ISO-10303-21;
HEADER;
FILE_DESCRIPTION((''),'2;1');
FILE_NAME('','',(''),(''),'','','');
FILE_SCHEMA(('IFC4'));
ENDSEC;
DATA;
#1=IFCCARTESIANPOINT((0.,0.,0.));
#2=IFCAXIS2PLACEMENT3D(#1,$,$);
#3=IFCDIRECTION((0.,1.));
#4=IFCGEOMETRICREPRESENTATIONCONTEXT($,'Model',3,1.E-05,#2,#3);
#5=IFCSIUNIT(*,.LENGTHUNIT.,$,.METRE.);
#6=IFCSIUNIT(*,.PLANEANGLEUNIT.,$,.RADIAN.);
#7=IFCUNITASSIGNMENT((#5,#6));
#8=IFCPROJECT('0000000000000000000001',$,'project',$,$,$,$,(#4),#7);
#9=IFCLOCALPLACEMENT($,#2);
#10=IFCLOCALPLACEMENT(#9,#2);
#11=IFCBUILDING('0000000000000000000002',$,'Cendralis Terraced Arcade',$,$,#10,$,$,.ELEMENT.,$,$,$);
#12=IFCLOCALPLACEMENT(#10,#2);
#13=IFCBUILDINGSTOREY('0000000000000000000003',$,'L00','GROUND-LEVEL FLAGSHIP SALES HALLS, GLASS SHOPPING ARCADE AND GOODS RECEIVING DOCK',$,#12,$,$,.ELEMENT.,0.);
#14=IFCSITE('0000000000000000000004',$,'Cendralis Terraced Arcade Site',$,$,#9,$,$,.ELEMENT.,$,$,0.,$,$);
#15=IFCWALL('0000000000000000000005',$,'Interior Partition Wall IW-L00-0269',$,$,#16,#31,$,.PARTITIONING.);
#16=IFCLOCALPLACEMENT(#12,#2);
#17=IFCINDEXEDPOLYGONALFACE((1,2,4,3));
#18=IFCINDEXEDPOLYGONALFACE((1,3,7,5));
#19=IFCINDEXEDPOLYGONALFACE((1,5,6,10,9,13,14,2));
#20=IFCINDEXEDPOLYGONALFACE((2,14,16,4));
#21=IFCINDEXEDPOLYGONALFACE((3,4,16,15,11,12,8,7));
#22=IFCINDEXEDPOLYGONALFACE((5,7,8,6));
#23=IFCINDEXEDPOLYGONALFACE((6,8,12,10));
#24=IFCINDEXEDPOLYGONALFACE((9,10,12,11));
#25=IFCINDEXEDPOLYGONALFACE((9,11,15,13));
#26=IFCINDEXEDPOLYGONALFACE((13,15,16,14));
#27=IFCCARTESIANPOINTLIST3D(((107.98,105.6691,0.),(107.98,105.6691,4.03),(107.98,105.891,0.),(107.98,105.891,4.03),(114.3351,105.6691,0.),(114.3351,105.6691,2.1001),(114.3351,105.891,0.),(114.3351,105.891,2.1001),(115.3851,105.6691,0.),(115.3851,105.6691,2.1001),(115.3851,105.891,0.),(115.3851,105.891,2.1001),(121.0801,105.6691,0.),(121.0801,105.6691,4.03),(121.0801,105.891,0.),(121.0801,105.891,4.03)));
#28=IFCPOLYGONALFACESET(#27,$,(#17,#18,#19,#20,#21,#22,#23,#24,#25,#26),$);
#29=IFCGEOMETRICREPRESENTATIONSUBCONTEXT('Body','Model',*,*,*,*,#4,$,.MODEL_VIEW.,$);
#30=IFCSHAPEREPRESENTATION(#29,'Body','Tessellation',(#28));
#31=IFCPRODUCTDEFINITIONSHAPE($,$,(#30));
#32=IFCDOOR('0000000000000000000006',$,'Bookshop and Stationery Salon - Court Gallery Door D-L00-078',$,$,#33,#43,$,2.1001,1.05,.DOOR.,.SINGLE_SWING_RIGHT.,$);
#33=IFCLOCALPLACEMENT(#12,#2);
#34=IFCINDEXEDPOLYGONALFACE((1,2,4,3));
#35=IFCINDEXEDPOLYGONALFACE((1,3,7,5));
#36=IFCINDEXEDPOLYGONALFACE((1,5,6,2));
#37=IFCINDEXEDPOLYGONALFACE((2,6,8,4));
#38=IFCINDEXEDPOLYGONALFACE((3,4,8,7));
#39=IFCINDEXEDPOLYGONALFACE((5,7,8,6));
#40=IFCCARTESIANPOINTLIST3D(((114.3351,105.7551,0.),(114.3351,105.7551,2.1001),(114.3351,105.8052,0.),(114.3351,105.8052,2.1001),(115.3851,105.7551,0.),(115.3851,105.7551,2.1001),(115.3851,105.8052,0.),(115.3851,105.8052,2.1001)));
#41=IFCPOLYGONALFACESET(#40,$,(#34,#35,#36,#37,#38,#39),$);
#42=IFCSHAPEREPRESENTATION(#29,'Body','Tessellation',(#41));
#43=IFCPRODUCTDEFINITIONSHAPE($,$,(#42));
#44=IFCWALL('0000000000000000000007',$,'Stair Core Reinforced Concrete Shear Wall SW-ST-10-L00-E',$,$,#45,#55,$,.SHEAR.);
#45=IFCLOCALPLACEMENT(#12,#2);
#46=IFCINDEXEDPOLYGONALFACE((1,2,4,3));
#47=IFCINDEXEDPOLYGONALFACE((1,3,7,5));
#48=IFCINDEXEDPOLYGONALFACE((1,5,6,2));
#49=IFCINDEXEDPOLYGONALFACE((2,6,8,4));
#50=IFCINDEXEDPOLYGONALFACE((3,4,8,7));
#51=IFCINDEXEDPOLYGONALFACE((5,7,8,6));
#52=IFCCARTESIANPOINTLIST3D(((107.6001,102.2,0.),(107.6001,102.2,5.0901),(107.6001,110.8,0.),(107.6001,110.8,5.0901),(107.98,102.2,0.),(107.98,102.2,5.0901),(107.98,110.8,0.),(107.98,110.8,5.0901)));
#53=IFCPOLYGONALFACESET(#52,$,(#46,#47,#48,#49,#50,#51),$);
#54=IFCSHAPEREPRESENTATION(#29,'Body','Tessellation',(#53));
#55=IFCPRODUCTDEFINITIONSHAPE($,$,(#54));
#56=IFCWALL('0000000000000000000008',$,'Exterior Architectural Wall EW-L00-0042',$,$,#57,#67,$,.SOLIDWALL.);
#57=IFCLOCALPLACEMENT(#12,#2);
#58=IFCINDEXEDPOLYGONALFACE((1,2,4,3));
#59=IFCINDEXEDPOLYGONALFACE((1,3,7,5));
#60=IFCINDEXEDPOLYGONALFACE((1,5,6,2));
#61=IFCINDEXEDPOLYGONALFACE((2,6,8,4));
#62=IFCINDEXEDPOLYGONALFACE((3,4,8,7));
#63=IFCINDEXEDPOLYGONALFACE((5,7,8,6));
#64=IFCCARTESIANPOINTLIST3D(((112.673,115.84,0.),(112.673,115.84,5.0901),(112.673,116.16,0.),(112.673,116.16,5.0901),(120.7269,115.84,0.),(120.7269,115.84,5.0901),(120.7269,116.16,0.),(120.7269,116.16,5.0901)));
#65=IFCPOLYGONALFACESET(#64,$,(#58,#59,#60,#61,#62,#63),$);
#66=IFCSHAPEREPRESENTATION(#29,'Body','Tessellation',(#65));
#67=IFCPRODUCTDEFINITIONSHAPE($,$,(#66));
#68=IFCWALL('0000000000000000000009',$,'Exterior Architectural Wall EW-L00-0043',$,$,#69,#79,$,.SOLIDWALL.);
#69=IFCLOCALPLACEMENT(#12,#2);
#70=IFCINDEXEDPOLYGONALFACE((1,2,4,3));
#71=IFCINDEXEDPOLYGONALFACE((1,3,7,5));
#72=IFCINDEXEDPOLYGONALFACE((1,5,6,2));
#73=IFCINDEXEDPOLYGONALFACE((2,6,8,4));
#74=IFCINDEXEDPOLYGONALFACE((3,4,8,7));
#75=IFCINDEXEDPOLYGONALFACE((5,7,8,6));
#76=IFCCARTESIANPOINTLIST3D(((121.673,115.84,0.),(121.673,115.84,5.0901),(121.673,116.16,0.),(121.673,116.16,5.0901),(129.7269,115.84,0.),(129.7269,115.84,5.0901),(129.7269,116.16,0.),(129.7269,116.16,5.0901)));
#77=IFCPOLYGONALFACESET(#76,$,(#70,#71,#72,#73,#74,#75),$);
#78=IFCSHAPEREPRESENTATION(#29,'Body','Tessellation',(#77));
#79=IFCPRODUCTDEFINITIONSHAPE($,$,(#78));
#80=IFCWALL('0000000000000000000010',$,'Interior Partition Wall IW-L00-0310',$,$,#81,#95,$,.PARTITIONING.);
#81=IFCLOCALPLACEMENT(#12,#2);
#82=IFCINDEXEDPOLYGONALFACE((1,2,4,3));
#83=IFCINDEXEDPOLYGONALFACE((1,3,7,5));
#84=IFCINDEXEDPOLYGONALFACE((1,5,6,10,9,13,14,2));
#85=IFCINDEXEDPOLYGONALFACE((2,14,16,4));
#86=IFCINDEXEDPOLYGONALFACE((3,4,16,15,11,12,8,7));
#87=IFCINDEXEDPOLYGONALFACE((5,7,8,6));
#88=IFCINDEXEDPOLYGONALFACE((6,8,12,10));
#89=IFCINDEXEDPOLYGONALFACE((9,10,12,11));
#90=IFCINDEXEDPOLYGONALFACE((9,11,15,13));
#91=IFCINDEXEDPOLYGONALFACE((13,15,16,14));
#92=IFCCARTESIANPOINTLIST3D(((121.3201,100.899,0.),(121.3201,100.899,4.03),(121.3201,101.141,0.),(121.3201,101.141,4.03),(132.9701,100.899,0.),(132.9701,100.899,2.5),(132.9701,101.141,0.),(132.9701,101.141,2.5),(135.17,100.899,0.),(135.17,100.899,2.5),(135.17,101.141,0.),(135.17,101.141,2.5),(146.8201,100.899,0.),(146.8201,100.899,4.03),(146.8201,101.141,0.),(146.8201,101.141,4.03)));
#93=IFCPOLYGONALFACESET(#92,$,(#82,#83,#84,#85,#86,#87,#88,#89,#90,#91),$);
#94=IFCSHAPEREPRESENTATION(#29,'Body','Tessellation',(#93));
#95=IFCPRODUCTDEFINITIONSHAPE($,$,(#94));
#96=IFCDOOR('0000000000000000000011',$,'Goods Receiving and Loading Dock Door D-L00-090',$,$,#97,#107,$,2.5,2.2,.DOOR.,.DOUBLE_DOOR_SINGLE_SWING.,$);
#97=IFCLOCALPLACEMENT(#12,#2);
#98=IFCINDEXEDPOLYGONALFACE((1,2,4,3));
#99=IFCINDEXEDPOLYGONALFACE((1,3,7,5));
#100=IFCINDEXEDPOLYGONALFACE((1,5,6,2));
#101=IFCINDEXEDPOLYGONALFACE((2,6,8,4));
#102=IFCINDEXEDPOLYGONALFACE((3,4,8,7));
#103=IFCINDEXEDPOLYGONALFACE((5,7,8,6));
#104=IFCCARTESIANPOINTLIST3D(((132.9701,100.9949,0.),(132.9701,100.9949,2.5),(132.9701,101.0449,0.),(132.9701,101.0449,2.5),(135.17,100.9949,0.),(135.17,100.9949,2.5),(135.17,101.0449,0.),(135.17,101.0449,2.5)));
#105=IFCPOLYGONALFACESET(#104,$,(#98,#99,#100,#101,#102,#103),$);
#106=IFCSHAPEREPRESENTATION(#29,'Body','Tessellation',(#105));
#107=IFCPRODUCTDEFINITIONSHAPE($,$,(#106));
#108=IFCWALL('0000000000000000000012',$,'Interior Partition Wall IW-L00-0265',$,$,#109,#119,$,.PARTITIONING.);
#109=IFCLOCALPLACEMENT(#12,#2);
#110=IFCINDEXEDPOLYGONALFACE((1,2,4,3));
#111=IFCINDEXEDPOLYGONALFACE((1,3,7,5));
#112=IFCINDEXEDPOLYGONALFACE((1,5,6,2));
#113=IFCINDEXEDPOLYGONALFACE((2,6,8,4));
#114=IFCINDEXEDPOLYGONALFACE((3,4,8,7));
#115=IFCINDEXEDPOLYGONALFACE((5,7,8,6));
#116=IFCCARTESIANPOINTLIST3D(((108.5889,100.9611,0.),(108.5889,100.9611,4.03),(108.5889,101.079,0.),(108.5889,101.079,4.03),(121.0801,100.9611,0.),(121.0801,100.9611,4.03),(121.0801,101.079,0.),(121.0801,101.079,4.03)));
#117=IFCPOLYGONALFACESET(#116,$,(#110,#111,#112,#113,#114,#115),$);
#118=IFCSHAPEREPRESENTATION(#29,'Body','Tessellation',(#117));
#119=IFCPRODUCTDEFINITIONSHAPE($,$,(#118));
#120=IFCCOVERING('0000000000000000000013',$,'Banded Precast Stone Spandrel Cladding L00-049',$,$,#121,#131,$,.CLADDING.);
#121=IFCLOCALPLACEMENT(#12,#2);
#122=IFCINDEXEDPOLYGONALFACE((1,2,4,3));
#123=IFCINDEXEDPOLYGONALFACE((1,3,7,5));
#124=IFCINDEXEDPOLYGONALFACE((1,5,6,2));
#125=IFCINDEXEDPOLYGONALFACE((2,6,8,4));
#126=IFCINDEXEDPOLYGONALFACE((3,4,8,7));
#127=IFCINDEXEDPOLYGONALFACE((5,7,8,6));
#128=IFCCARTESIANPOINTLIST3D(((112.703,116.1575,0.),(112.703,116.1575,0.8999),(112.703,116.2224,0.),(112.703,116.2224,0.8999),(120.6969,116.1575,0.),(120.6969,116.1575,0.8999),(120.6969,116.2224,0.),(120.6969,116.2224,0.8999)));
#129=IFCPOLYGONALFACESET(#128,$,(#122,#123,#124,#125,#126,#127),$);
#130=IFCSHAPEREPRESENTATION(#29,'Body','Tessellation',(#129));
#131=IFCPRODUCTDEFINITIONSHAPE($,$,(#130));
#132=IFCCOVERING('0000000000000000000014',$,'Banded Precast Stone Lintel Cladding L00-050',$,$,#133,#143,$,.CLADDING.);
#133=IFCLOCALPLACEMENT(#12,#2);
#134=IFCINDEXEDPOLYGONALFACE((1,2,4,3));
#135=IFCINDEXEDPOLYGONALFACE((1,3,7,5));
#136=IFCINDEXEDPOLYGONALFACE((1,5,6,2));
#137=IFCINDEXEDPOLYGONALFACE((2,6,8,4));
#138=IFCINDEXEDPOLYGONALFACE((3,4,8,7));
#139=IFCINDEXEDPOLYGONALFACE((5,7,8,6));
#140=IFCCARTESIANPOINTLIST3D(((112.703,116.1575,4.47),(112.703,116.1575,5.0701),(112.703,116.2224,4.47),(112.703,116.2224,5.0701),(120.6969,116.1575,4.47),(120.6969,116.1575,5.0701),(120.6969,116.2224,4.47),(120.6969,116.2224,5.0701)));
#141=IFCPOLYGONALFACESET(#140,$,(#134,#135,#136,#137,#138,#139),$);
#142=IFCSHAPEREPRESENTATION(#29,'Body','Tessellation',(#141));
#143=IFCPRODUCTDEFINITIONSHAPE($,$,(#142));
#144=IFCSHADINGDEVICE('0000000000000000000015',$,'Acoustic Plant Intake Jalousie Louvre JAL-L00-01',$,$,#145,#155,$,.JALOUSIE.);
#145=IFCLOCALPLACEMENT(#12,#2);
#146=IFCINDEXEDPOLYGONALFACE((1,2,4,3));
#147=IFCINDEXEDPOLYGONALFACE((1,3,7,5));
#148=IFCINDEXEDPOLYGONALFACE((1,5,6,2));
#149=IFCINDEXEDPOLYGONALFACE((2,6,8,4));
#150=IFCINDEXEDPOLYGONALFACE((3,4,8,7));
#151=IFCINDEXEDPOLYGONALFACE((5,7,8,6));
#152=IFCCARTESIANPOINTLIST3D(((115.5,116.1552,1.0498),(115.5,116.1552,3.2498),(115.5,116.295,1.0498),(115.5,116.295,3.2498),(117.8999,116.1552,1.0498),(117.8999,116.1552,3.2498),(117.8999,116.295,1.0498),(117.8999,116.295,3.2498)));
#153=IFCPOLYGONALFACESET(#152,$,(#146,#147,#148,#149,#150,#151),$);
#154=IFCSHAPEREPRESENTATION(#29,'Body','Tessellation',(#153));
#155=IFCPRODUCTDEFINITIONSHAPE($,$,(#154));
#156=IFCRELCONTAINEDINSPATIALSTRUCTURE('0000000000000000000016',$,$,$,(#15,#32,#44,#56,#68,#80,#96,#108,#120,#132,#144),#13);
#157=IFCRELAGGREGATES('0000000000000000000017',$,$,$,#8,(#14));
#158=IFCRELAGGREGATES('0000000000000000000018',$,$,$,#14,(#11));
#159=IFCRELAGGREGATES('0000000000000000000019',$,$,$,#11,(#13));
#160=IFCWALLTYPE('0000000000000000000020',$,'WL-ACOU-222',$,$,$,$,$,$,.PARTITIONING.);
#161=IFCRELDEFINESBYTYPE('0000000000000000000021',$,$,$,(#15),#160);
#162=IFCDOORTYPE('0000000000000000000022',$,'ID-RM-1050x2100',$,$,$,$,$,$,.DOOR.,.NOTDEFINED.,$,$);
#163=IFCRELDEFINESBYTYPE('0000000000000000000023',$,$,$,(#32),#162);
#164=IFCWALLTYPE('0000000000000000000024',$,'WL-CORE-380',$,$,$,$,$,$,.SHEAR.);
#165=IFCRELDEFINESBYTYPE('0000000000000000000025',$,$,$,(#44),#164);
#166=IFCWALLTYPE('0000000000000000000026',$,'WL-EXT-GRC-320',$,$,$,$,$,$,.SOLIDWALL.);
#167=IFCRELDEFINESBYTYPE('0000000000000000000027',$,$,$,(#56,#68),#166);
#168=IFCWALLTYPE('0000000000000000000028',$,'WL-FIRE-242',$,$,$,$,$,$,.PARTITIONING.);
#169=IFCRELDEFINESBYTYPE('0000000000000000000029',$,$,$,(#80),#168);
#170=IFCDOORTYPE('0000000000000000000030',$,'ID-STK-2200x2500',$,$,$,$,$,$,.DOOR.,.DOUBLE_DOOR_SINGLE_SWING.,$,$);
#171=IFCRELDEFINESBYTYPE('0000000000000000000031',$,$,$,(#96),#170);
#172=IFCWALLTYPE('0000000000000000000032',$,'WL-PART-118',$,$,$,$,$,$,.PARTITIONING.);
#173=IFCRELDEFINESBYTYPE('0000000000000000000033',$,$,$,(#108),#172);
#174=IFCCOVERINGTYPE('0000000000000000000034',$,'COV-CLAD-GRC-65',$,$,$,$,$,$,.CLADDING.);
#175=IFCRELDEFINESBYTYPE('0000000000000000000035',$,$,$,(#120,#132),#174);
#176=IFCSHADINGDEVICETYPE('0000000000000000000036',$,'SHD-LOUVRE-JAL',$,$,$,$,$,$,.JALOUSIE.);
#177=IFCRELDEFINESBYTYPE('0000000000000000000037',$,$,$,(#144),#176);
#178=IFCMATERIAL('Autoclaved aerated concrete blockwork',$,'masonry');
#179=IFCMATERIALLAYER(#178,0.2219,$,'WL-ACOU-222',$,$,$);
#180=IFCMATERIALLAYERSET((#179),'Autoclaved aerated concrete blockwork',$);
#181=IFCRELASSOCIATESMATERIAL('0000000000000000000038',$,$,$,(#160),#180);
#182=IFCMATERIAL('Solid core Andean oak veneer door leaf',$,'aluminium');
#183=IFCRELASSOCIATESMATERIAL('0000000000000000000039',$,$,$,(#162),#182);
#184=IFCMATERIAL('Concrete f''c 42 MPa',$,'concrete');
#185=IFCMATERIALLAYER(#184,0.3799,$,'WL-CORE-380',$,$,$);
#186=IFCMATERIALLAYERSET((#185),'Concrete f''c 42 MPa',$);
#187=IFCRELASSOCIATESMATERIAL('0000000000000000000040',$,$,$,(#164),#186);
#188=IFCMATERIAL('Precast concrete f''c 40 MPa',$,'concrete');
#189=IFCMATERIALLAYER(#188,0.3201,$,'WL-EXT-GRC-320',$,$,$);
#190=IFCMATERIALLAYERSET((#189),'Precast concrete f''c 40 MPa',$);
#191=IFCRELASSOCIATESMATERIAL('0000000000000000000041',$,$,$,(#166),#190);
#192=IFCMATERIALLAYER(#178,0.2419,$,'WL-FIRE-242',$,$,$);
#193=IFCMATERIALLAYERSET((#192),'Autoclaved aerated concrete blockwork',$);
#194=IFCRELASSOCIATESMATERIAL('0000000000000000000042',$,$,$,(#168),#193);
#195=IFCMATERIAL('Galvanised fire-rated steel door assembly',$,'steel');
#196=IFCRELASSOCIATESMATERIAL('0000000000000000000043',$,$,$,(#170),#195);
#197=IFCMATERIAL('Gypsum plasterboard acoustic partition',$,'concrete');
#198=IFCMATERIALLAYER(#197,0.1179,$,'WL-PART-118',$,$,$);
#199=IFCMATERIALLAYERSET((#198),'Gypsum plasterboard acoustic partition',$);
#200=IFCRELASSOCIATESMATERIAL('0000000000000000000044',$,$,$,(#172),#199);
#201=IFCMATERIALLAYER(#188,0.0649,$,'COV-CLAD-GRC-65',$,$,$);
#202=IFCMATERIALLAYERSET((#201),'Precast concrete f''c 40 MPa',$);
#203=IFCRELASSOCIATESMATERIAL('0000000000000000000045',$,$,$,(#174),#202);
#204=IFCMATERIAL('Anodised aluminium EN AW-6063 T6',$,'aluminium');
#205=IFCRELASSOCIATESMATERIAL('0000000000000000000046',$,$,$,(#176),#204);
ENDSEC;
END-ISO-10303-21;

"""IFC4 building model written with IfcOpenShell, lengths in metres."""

from ifc_helpers import new_model, si_unit, direction, frame, frame_2d, origin, origin_2d, place, context, subcontext, project, spatial, rectangle, extrude, material, layer, layer_set, type_object, element, fill, save


model = new_model("IFC4")

# Units and contexts
model_context = context("Model", 3, precision=1e-05, world=origin(), true_north=direction((0.0, 1.0)))
body_context = subcontext(model_context, "Body", "Model", "MODEL_VIEW")
ifc_project = project(units=[si_unit("LENGTHUNIT", "METRE"), si_unit("PLANEANGLEUNIT", "RADIAN")], contexts=[model_context])

# Site, building, storey
site_placement = place(None, origin())
site = spatial("IfcSite", under=ifc_project, at=site_placement, Name="Cendralis Terraced Arcade Site", CompositionType="ELEMENT", RefElevation=0.0)
building_placement = place(site_placement, origin())
building = spatial("IfcBuilding", under=site, at=building_placement, Name="Cendralis Terraced Arcade", CompositionType="ELEMENT")
storey_placement = place(building_placement, origin())
storey = spatial("IfcBuildingStorey", under=building, at=storey_placement, Name="L00", Description="GROUND-LEVEL FLAGSHIP SALES HALLS, GLASS SHOPPING ARCADE AND GOODS RECEIVING DOCK", CompositionType="ELEMENT", Elevation=0.0)

# Shared definitions
ifc_material_1 = material(Name="Concrete f'c 42 MPa", Category="concrete")

# Shared definitions
ifc_material_2 = material(Name="Gypsum plasterboard acoustic partition", Category="concrete")

# Wall, opening, door
ifc_material_3 = material(Name="Autoclaved aerated concrete blockwork", Category="masonry")
ifc_layer_1 = layer(ifc_material_3, 0.2219, Name="WL-ACOU-222")
ifc_layer_set_1 = layer_set([ifc_layer_1], Name="Autoclaved aerated concrete blockwork")
wall_type_1 = type_object("IfcWallType", Name="WL-ACOU-222", PredefinedType="PARTITIONING", material=ifc_layer_set_1)
wall_1_placement = place(storey_placement, frame((121.0801, 105.78, 0.0), z_axis=(0.0, 0.0, 1.0), x_axis=(-1.0, 0.0, 0.0)))
wall_1 = element("IfcWall", 1, at=wall_1_placement, inside=storey, type_object=wall_type_1, Name="Interior Partition Wall IW-L00-0269", PredefinedType="PARTITIONING", context=body_context, shape_type="SweptSolid", body=[
    extrude(rectangle(XDim=13.1001, YDim=0.2219, at=frame_2d((6.55, 0.0))), origin(), (0.0, 0.0, 1.0), 4.03),
])
opening_1_placement = place(wall_1_placement, frame((5.6951, 0.0, 0.0)))
opening_1 = element("IfcOpeningElement", 2, at=opening_1_placement, cuts=wall_1, PredefinedType="OPENING", context=body_context, shape_type="SweptSolid", body=[
    extrude(rectangle(XDim=1.05, YDim=2.1001, at=frame_2d((0.5249, 1.05))), frame((0.0, 0.123, 0.0), z_axis=(0.0, -1.0, 0.0), x_axis=(1.0, 0.0, 0.0)), (0.0, 0.0, 1.0), 0.2458),
])
ifc_material_4 = material(Name="Solid core Andean oak veneer door leaf", Category="aluminium")
door_type_1 = type_object("IfcDoorType", Name="ID-RM-1050x2100", OperationType="NOTDEFINED", PredefinedType="DOOR", material=ifc_material_4)
door_1_placement = place(opening_1_placement, origin())
door_1 = element("IfcDoor", 3, at=door_1_placement, inside=storey, type_object=door_type_1, Name="Bookshop and Stationery Salon - Court Gallery Door D-L00-078", OperationType="SINGLE_SWING_RIGHT", OverallHeight=2.1001, OverallWidth=1.05, PredefinedType="DOOR", context=body_context, shape_type="SweptSolid", body=[
    extrude(rectangle(XDim=1.05, YDim=2.1001, at=frame_2d((0.5249, 1.05))), frame((0.0, 0.0249, 0.0), z_axis=(0.0, -1.0, 0.0), x_axis=(1.0, 0.0, 0.0)), (0.0, 0.0, 1.0), 0.05),
])
fill(opening_1, door_1)

# Walls
ifc_layer_2 = layer(ifc_material_1, 0.3799, Name="WL-CORE-380")
ifc_layer_set_2 = layer_set([ifc_layer_2], Name="Concrete f'c 42 MPa")
wall_type_2 = type_object("IfcWallType", Name="WL-CORE-380", PredefinedType="SHEAR", material=ifc_layer_set_2)
wall_2_placement = place(storey_placement, frame((107.79, 102.2, 0.0), z_axis=(0.0, 0.0, 1.0), x_axis=(0.0, 1.0, 0.0)))
element("IfcWall", 4, at=wall_2_placement, inside=storey, type_object=wall_type_2, Name="Stair Core Reinforced Concrete Shear Wall SW-ST-10-L00-E", PredefinedType="SHEAR", context=body_context, shape_type="SweptSolid", body=[
    extrude(rectangle(XDim=8.6001, YDim=0.3799, at=frame_2d((4.3, 0.0))), origin(), (0.0, 0.0, 1.0), 5.0901),
])
ifc_material_5 = material(Name="Precast concrete f'c 40 MPa", Category="concrete")
ifc_layer_3 = layer(ifc_material_5, 0.3201, Name="WL-EXT-GRC-320")
ifc_layer_set_3 = layer_set([ifc_layer_3], Name="Precast concrete f'c 40 MPa")
wall_type_3 = type_object("IfcWallType", Name="WL-EXT-GRC-320", PredefinedType="SOLIDWALL", material=ifc_layer_set_3)
for number, where, z_axis, x_axis, name in (
    (5, (112.6731, 116.0, 0.0), (0.0, 0.0, 1.0), (1.0, 0.0, 0.0), "Exterior Architectural Wall EW-L00-0042"),
    (6, (121.6731, 116.0, 0.0), (0.0, 0.0, 1.0), (1.0, 0.0, 0.0), "Exterior Architectural Wall EW-L00-0043"),
):
    element("IfcWall", number, at=place(storey_placement, frame(where, z_axis=z_axis, x_axis=x_axis)), inside=storey, type_object=wall_type_3, Name=name, PredefinedType="SOLIDWALL", context=body_context, shape_type="SweptSolid", body=[
        extrude(rectangle(XDim=8.054, YDim=0.3201, at=frame_2d((4.0269, 0.0))), origin(), (0.0, 0.0, 1.0), 5.0901),
    ])

# Wall, opening, door
ifc_layer_4 = layer(ifc_material_3, 0.2419, Name="WL-FIRE-242")
ifc_layer_set_4 = layer_set([ifc_layer_4], Name="Autoclaved aerated concrete blockwork")
wall_type_4 = type_object("IfcWallType", Name="WL-FIRE-242", PredefinedType="PARTITIONING", material=ifc_layer_set_4)
wall_3_placement = place(storey_placement, frame((121.3201, 101.02, 0.0), z_axis=(0.0, 0.0, 1.0), x_axis=(1.0, 0.0, 0.0)))
wall_3 = element("IfcWall", 7, at=wall_3_placement, inside=storey, type_object=wall_type_4, Name="Interior Partition Wall IW-L00-0310", PredefinedType="PARTITIONING", context=body_context, shape_type="SweptSolid", body=[
    extrude(rectangle(XDim=25.5, YDim=0.2419, at=frame_2d((12.75, 0.0))), origin(), (0.0, 0.0, 1.0), 4.03),
])
opening_2_placement = place(wall_3_placement, frame((11.6499, 0.0, 0.0)))
opening_2 = element("IfcOpeningElement", 8, at=opening_2_placement, cuts=wall_3, PredefinedType="OPENING", context=body_context, shape_type="SweptSolid", body=[
    extrude(rectangle(XDim=2.2, YDim=2.5, at=frame_2d((1.1001, 1.25))), frame((0.0, 0.1328, 0.0), z_axis=(0.0, -1.0, 0.0), x_axis=(1.0, 0.0, 0.0)), (0.0, 0.0, 1.0), 0.2659),
])
ifc_material_6 = material(Name="Galvanised fire-rated steel door assembly", Category="steel")
door_type_2 = type_object("IfcDoorType", Name="ID-STK-2200x2500", OperationType="DOUBLE_DOOR_SINGLE_SWING", PredefinedType="DOOR", material=ifc_material_6)
door_2_placement = place(opening_2_placement, origin())
door_2 = element("IfcDoor", 9, at=door_2_placement, inside=storey, type_object=door_type_2, Name="Goods Receiving and Loading Dock Door D-L00-090", OperationType="DOUBLE_DOOR_SINGLE_SWING", OverallHeight=2.5, OverallWidth=2.2, PredefinedType="DOOR", context=body_context, shape_type="SweptSolid", body=[
    extrude(rectangle(XDim=2.2, YDim=2.5, at=frame_2d((1.1001, 1.25))), frame((0.0, 0.0249, 0.0), z_axis=(0.0, -1.0, 0.0), x_axis=(1.0, 0.0, 0.0)), (0.0, 0.0, 1.0), 0.05),
])
fill(opening_2, door_2)

# Wall
ifc_layer_5 = layer(ifc_material_2, 0.1179, Name="WL-PART-118")
ifc_layer_set_5 = layer_set([ifc_layer_5], Name="Gypsum plasterboard acoustic partition")
wall_type_5 = type_object("IfcWallType", Name="WL-PART-118", PredefinedType="PARTITIONING", material=ifc_layer_set_5)
wall_4_placement = place(storey_placement, frame((108.5889, 101.02, 0.0), z_axis=(0.0, 0.0, 1.0), x_axis=(1.0, 0.0, 0.0)))
element("IfcWall", 10, at=wall_4_placement, inside=storey, type_object=wall_type_5, Name="Interior Partition Wall IW-L00-0265", PredefinedType="PARTITIONING", context=body_context, shape_type="SweptSolid", body=[
    extrude(rectangle(XDim=12.4912, YDim=0.1179, at=frame_2d((6.2456, 0.0))), origin(), (0.0, 0.0, 1.0), 4.03),
])

# Coverings
ifc_layer_6 = layer(ifc_material_5, 0.0649, Name="COV-CLAD-GRC-65")
ifc_layer_set_6 = layer_set([ifc_layer_6], Name="Precast concrete f'c 40 MPa")
covering_type = type_object("IfcCoveringType", Name="COV-CLAD-GRC-65", PredefinedType="CLADDING", material=ifc_layer_set_6)
covering_1_placement = place(storey_placement, frame((116.7, 116.1899, 0.0), z_axis=(0.0, 0.0, 1.0), x_axis=(1.0, 0.0, 0.0)))
element("IfcCovering", 11, at=covering_1_placement, inside=storey, type_object=covering_type, Name="Banded Precast Stone Spandrel Cladding L00-049", PredefinedType="CLADDING", context=body_context, shape_type="SweptSolid", body=[
    extrude(rectangle(XDim=7.9939, YDim=0.0649, at=origin_2d()), origin(), (0.0, 0.0, 1.0), 0.8999),
])
covering_2_placement = place(storey_placement, frame((116.7, 116.1899, 4.47), z_axis=(0.0, 0.0, 1.0), x_axis=(1.0, 0.0, 0.0)))
element("IfcCovering", 12, at=covering_2_placement, inside=storey, type_object=covering_type, Name="Banded Precast Stone Lintel Cladding L00-050", PredefinedType="CLADDING", context=body_context, shape_type="SweptSolid", body=[
    extrude(rectangle(XDim=7.9939, YDim=0.0649, at=origin_2d()), origin(), (0.0, 0.0, 1.0), 0.6001),
])

# Shading device
ifc_material_7 = material(Name="Anodised aluminium EN AW-6063 T6", Category="aluminium")
shading_device_type = type_object("IfcShadingDeviceType", Name="SHD-LOUVRE-JAL", PredefinedType="JALOUSIE", material=ifc_material_7)
shading_device_placement = place(storey_placement, frame((116.7, 116.2251, 1.0498), z_axis=(0.0, 0.0, 1.0), x_axis=(1.0, 0.0, 0.0)))
element("IfcShadingDevice", 13, at=shading_device_placement, inside=storey, type_object=shading_device_type, Name="Acoustic Plant Intake Jalousie Louvre JAL-L00-01", PredefinedType="JALOUSIE", context=body_context, shape_type="SweptSolid", body=[
    extrude(rectangle(XDim=2.3999, YDim=0.1399, at=origin_2d()), origin(), (0.0, 0.0, 1.0), 2.2),
])

save(model, "model.ifc")
